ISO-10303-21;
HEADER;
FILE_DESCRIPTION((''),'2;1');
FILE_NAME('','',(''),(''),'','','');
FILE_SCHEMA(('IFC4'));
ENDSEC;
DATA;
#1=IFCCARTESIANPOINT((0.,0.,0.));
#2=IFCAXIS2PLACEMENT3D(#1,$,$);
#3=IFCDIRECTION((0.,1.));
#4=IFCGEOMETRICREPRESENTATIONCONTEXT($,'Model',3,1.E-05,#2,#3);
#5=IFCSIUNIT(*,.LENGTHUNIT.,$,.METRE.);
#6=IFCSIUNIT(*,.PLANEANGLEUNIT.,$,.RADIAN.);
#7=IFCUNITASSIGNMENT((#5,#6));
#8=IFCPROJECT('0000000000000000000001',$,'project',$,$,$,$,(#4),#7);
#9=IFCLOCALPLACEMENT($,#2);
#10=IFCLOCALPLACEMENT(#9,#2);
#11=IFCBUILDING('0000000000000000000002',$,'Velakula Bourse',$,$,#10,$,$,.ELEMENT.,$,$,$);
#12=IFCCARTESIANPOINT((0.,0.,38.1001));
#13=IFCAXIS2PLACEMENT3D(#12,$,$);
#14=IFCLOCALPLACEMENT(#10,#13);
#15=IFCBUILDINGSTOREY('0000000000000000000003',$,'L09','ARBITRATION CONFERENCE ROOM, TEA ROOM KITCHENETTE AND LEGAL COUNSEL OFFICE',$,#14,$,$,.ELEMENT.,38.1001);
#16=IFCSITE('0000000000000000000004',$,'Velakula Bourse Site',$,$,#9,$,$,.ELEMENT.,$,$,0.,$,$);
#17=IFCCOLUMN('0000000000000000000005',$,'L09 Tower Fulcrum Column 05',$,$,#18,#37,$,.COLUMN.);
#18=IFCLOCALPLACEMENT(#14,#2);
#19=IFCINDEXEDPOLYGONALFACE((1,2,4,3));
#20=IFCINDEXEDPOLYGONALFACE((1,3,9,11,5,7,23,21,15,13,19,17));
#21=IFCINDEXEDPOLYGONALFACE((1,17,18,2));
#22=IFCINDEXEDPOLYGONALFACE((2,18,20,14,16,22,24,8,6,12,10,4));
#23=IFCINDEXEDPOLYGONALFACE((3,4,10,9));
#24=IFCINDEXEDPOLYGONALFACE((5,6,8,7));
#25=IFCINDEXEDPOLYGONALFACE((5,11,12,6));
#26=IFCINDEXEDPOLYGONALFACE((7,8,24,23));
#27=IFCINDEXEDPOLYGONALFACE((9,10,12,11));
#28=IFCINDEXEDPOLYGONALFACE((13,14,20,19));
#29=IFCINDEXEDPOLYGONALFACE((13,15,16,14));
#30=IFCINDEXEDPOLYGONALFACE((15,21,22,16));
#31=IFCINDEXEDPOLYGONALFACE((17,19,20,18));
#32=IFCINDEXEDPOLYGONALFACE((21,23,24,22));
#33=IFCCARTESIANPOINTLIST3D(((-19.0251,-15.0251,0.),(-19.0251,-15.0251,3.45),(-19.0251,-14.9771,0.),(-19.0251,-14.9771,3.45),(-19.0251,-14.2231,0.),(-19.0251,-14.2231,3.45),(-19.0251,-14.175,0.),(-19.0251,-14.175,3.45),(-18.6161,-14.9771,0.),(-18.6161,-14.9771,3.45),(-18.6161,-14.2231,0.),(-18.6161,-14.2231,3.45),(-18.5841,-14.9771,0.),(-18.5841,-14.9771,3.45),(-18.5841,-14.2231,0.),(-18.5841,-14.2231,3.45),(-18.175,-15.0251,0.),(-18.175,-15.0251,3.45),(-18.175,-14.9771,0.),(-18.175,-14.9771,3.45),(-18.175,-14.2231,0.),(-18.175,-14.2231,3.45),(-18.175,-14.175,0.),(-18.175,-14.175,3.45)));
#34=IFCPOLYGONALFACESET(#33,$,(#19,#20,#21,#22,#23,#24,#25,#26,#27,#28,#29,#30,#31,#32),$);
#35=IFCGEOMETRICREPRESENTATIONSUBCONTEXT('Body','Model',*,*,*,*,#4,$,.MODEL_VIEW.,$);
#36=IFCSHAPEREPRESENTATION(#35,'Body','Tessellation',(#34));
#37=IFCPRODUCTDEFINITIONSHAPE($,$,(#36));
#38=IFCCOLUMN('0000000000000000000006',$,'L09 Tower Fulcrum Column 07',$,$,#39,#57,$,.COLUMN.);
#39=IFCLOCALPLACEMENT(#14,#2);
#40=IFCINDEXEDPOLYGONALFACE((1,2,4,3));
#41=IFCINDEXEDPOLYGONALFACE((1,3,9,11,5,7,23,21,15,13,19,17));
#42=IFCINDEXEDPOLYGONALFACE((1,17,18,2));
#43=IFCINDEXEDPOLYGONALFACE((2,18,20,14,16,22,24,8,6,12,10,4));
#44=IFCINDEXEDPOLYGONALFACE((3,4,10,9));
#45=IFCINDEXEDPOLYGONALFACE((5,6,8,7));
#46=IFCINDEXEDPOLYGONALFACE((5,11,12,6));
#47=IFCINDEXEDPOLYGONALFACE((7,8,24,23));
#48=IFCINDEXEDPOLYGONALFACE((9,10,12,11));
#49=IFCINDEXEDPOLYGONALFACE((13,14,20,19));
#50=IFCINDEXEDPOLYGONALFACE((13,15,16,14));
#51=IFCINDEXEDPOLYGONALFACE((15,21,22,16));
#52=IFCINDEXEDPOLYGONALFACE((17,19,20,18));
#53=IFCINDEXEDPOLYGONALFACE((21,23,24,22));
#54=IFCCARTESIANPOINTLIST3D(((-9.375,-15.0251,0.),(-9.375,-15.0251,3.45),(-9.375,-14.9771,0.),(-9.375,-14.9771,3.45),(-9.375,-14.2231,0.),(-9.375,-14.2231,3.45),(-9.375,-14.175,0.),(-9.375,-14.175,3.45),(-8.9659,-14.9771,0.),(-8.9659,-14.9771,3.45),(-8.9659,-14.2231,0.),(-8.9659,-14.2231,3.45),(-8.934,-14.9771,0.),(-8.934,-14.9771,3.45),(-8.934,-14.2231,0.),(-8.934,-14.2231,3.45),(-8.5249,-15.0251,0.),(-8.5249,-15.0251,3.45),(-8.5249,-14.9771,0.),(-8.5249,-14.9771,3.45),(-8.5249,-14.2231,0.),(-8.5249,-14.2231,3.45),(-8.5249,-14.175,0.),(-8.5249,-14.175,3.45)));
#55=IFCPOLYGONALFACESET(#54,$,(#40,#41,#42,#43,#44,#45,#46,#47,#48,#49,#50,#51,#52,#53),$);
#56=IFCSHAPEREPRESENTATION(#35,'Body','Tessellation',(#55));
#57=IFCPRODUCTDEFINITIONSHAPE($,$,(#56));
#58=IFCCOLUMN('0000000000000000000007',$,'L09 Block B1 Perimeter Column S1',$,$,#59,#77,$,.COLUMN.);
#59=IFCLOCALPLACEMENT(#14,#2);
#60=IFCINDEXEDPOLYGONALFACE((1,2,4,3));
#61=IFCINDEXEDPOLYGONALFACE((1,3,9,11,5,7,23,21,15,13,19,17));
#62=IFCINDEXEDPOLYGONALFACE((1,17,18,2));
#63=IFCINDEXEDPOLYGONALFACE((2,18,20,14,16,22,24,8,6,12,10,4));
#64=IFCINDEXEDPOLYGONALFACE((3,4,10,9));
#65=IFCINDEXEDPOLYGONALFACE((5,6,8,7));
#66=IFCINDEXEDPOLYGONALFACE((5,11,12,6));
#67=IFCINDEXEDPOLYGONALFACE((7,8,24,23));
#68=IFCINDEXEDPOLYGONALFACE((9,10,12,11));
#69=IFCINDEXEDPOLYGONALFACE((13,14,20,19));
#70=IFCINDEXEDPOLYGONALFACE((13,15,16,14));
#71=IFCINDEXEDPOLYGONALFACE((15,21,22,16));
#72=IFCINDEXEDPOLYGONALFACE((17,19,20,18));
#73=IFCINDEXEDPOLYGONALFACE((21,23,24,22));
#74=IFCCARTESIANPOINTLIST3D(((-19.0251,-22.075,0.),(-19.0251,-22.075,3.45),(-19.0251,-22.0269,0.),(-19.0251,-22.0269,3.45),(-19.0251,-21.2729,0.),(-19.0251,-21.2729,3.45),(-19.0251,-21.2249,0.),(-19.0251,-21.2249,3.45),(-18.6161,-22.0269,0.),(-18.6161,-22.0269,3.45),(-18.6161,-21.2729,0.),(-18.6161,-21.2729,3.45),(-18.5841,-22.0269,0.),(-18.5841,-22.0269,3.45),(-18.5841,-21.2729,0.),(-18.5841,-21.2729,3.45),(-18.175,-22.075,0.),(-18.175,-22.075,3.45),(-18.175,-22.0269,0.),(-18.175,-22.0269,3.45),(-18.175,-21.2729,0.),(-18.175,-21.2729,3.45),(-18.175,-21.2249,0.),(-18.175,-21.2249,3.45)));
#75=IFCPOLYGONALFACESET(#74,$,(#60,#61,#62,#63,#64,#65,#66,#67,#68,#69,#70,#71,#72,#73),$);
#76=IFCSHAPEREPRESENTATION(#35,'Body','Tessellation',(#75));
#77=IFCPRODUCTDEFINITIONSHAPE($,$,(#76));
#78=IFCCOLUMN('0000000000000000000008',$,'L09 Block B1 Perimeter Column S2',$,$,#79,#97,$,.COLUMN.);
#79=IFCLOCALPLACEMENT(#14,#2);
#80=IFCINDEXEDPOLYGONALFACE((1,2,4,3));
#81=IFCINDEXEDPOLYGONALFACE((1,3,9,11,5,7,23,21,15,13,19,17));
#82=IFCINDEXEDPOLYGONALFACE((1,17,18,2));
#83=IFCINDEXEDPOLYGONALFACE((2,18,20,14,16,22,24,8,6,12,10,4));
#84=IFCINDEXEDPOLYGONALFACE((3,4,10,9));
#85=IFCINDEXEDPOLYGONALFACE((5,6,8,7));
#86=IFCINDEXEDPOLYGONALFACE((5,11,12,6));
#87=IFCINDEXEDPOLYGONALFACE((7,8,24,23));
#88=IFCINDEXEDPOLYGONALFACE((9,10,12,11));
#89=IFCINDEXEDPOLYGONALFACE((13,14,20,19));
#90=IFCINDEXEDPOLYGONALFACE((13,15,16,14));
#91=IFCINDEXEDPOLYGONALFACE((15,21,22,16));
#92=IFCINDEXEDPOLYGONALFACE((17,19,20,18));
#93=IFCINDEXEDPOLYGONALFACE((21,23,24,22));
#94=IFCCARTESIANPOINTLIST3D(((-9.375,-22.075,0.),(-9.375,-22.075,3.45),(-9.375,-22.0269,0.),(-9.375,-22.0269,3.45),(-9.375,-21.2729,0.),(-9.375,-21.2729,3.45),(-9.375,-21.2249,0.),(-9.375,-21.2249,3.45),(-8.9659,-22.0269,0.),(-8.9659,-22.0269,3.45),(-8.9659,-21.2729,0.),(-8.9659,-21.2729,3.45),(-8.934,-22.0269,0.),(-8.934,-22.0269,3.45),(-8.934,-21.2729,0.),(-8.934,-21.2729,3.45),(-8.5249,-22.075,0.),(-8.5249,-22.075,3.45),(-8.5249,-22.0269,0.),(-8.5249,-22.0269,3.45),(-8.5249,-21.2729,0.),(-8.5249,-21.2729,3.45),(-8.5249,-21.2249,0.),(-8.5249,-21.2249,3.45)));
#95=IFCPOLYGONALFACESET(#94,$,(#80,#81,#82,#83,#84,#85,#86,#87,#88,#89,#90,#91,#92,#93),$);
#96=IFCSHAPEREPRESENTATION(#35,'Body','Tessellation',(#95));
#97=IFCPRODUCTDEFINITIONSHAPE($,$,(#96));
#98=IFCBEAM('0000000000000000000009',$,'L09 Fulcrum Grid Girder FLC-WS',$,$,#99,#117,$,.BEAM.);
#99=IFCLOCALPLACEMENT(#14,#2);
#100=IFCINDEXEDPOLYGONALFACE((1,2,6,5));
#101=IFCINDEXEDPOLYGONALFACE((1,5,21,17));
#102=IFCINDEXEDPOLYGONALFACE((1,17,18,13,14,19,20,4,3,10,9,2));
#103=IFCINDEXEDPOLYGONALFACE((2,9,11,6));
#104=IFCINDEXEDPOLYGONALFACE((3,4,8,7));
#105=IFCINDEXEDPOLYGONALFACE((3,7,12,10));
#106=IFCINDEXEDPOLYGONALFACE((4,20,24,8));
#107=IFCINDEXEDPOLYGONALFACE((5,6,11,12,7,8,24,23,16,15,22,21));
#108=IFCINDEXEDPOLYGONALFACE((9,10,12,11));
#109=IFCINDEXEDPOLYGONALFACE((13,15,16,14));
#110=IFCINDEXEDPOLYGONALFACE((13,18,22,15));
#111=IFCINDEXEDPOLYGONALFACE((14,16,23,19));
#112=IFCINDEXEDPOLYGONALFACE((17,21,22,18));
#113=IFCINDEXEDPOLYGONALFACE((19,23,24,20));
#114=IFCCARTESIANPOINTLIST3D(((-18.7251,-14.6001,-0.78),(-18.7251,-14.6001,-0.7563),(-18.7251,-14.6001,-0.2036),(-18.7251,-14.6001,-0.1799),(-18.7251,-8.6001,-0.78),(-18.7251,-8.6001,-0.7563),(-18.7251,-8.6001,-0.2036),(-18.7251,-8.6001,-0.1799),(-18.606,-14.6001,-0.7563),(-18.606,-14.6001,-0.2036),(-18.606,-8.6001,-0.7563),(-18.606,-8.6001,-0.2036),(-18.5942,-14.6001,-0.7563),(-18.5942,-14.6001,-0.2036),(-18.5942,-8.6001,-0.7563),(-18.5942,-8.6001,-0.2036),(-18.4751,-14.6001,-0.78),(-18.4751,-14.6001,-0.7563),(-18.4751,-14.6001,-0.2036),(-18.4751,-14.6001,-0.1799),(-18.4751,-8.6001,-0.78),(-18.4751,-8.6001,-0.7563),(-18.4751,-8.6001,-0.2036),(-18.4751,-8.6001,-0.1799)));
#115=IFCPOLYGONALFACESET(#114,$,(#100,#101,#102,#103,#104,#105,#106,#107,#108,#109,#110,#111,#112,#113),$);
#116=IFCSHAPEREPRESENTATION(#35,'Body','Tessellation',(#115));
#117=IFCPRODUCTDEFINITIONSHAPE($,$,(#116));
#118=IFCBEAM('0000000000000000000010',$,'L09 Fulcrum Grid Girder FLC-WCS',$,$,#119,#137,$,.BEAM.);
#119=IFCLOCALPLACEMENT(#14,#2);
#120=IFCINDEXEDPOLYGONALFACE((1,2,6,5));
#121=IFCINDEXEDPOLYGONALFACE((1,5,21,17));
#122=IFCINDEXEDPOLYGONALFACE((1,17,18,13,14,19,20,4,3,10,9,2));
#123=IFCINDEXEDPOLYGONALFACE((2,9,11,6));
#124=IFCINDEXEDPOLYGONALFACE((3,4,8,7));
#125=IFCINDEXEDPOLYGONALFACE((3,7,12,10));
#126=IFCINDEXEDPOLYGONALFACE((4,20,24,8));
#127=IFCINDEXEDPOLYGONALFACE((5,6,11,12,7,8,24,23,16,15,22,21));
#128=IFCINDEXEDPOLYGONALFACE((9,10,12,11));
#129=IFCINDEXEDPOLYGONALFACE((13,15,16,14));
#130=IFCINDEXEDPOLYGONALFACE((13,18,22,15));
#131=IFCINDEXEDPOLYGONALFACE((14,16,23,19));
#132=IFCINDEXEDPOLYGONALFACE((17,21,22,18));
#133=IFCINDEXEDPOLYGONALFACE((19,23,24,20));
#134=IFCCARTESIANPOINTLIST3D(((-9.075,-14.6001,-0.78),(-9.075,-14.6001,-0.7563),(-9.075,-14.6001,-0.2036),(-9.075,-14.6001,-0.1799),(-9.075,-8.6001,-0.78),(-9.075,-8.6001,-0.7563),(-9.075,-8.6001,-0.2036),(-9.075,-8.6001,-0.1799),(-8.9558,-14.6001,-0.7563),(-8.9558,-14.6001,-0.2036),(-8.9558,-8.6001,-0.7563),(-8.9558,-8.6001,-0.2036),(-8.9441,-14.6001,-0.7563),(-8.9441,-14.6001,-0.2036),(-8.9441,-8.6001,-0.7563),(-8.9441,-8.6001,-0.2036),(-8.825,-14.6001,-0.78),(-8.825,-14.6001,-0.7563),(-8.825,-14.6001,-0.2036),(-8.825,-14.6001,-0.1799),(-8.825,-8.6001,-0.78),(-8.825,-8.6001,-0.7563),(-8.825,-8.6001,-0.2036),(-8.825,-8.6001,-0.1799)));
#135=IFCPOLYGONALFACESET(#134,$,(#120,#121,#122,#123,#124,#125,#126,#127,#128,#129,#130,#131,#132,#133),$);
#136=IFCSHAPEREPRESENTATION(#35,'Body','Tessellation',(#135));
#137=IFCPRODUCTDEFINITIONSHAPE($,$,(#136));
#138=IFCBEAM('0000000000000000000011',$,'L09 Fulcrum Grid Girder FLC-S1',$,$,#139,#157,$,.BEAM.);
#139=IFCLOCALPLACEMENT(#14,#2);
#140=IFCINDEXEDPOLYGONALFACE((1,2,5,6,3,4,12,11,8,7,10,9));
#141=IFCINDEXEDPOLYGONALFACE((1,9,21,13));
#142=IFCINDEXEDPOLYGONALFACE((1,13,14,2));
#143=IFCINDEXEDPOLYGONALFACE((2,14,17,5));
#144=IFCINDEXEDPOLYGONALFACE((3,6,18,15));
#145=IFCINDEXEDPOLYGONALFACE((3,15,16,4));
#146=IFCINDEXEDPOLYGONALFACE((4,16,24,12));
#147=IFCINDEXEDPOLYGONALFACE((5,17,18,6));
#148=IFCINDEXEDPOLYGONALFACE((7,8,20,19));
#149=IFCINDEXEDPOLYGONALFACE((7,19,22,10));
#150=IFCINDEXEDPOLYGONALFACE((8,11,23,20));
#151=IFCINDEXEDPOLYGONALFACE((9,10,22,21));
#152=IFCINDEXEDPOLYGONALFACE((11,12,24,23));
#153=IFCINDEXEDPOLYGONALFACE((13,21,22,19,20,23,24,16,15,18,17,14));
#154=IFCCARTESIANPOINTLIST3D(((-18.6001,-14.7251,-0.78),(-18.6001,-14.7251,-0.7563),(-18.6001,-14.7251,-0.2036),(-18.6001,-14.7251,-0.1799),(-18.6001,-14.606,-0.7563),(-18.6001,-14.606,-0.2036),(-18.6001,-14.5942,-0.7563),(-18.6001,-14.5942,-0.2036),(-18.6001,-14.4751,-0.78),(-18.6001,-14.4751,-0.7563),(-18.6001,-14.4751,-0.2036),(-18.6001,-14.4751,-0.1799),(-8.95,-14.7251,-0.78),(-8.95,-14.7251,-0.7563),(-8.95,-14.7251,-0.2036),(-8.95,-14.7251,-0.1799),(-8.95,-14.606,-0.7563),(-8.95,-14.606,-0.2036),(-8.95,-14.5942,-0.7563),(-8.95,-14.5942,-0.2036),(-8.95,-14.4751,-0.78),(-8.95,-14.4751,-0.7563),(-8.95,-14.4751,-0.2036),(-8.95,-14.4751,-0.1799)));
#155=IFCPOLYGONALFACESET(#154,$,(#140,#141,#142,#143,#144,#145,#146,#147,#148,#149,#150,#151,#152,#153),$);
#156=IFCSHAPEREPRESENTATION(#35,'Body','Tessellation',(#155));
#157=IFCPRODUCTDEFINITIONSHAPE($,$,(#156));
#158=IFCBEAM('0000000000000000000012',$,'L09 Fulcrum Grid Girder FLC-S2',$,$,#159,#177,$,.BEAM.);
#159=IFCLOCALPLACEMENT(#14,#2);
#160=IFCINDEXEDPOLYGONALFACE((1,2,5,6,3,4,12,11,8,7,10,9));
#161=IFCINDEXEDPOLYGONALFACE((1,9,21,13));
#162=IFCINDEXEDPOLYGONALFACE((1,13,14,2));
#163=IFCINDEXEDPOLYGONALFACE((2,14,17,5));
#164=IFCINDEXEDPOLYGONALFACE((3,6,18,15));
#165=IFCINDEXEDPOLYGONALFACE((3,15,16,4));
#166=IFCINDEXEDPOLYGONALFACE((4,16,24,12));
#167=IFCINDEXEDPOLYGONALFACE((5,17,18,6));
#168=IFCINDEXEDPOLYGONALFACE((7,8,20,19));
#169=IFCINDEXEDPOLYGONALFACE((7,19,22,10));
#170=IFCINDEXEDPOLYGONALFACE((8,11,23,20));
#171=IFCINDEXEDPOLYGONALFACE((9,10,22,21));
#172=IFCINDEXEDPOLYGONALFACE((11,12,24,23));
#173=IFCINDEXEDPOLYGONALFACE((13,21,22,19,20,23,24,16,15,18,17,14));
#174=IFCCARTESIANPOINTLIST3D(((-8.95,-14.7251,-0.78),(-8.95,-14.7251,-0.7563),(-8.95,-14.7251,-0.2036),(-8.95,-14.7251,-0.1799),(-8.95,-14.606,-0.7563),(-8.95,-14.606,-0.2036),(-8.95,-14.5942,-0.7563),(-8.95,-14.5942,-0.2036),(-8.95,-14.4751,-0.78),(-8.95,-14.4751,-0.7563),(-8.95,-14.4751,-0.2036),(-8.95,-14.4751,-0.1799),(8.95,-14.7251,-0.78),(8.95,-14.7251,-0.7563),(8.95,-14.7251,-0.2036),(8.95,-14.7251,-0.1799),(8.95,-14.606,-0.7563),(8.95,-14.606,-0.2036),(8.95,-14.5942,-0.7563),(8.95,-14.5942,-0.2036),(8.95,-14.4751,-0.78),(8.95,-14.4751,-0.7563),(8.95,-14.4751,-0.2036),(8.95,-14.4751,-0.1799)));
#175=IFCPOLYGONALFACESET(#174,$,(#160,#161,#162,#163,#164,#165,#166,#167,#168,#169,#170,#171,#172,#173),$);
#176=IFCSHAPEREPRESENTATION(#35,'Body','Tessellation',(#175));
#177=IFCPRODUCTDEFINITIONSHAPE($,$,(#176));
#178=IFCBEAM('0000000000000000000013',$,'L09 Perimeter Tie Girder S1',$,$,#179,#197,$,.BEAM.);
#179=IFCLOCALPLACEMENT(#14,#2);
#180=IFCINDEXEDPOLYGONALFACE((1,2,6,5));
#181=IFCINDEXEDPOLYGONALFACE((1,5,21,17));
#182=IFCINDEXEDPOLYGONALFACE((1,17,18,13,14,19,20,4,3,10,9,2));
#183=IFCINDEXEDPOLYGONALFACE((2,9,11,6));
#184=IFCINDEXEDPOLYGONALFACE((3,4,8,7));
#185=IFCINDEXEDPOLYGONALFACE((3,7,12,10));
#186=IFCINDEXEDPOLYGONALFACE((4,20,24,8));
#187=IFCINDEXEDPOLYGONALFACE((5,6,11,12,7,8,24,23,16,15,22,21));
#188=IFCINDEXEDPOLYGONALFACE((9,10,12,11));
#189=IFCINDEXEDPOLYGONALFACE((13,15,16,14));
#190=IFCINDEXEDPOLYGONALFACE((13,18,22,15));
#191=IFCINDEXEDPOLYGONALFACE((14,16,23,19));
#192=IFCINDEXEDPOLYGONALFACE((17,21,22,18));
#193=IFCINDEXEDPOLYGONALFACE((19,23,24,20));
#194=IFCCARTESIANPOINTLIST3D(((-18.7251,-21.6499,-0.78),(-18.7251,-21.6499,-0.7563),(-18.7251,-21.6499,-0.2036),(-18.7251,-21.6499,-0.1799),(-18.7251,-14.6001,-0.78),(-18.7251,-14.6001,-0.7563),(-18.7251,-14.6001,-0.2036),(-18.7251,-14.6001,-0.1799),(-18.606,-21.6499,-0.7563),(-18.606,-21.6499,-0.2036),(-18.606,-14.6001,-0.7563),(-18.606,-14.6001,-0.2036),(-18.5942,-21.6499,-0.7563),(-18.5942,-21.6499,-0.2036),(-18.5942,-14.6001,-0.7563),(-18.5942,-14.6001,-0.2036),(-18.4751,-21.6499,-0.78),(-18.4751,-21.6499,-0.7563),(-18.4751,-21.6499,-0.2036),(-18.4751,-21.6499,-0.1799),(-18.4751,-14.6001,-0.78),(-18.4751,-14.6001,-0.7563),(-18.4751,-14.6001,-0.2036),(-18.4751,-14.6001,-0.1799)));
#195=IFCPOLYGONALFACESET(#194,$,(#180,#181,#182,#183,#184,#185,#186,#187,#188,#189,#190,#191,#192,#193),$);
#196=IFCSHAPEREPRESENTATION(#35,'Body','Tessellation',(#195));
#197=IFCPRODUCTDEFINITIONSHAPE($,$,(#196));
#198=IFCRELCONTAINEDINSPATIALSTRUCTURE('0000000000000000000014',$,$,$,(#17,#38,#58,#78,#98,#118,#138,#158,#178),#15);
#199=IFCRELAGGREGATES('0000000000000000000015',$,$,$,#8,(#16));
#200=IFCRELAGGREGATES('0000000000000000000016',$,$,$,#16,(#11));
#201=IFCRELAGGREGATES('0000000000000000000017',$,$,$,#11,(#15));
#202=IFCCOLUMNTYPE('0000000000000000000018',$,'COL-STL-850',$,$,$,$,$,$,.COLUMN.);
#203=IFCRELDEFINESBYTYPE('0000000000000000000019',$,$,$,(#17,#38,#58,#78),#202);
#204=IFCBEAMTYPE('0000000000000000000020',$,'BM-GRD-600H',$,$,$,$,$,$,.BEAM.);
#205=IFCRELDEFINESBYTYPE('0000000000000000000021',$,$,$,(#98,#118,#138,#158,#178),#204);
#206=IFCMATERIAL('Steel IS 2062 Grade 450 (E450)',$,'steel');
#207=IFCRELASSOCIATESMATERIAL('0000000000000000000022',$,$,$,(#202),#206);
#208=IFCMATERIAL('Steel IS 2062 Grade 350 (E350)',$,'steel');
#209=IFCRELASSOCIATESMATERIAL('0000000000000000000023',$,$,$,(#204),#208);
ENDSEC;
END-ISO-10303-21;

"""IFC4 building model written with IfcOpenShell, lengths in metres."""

from ifc_helpers import new_model, si_unit, direction, frame, origin, origin_2d, place, context, subcontext, project, spatial, i_section, extrude, material, material_profile, profile_set, type_object, element, save


model = new_model("IFC4")

# Units and contexts
model_context = context("Model", 3, precision=1e-05, world=origin(), true_north=direction((0.0, 1.0)))
body_context = subcontext(model_context, "Body", "Model", "MODEL_VIEW")
ifc_project = project(units=[si_unit("LENGTHUNIT", "METRE"), si_unit("PLANEANGLEUNIT", "RADIAN")], contexts=[model_context])

# Site, building, storey
site_placement = place(None, origin())
site = spatial("IfcSite", under=ifc_project, at=site_placement, Name="Velakula Bourse Site", CompositionType="ELEMENT", RefElevation=0.0)
building_placement = place(site_placement, origin())
building = spatial("IfcBuilding", under=site, at=building_placement, Name="Velakula Bourse", CompositionType="ELEMENT")
storey_placement = place(building_placement, frame((0.0, 0.0, 38.1001)))
storey = spatial("IfcBuildingStorey", under=building, at=storey_placement, Name="L09", Description="ARBITRATION CONFERENCE ROOM, TEA ROOM KITCHENETTE AND LEGAL COUNSEL OFFICE", CompositionType="ELEMENT", Elevation=38.1001)

# Columns
ifc_material_1 = material(Name="Steel IS 2062 Grade 450 (E450)", Category="steel")
ifc_material_profile_1 = material_profile(ifc_material_1, i_section(OverallWidth=0.8501, OverallDepth=0.8501, WebThickness=0.032, FlangeThickness=0.0481, at=origin_2d()), Name="Steel IS 2062 Grade 450 (E450)")
ifc_profile_set_1 = profile_set([ifc_material_profile_1], Name="Steel IS 2062 Grade 450 (E450)")
column_type = type_object("IfcColumnType", Name="COL-STL-850", PredefinedType="COLUMN", material=ifc_profile_set_1)
for number, where, z_axis, x_axis, name in (
    (1, (-18.6001, -14.6001, 0.0), (0.0, 0.0, 1.0), (1.0, 0.0, 0.0), "L09 Tower Fulcrum Column 05"),
    (2, (-8.95, -14.6001, 0.0), (0.0, 0.0, 1.0), (1.0, 0.0, 0.0), "L09 Tower Fulcrum Column 07"),
    (3, (-18.6001, -21.6499, 0.0), (0.0, 0.0, 1.0), (1.0, 0.0, 0.0), "L09 Block B1 Perimeter Column S1"),
    (4, (-8.95, -21.6499, 0.0), (0.0, 0.0, 1.0), (1.0, 0.0, 0.0), "L09 Block B1 Perimeter Column S2"),
):
    element("IfcColumn", number, at=place(storey_placement, frame(where, z_axis=z_axis, x_axis=x_axis)), inside=storey, type_object=column_type, Name=name, PredefinedType="COLUMN", context=body_context, shape_type="SweptSolid", body=[
        extrude(i_section(OverallWidth=0.8501, OverallDepth=0.8501, WebThickness=0.032, FlangeThickness=0.0481, at=origin_2d()), origin(), (0.0, 0.0, 1.0), 3.45),
    ])

# Beams
ifc_material_2 = material(Name="Steel IS 2062 Grade 350 (E350)", Category="steel")
ifc_material_profile_2 = material_profile(ifc_material_2, i_section(OverallWidth=0.25, OverallDepth=0.6001, WebThickness=0.0117, FlangeThickness=0.0237, at=origin_2d()), Name="Steel IS 2062 Grade 350 (E350)")
ifc_profile_set_2 = profile_set([ifc_material_profile_2], Name="Steel IS 2062 Grade 350 (E350)")
beam_type_1 = type_object("IfcBeamType", Name="BM-GRD-600H", PredefinedType="BEAM", material=ifc_profile_set_2)
for number, where, z_axis, x_axis, name in (
    (5, (-18.6001, -14.6001, -0.48), (0.0, 1.0, 0.0), (-1.0, 0.0, 0.0), "L09 Fulcrum Grid Girder FLC-WS"),
    (6, (-8.95, -14.6001, -0.48), (0.0, 1.0, 0.0), (-1.0, 0.0, 0.0), "L09 Fulcrum Grid Girder FLC-WCS"),
):
    element("IfcBeam", number, at=place(storey_placement, frame(where, z_axis=z_axis, x_axis=x_axis)), inside=storey, type_object=beam_type_1, Name=name, PredefinedType="BEAM", context=body_context, shape_type="SweptSolid", body=[
        extrude(i_section(OverallWidth=0.25, OverallDepth=0.6001, WebThickness=0.0117, FlangeThickness=0.0237, at=origin_2d()), origin(), (0.0, 0.0, 1.0), 6.0),
    ])
beam_1_placement = place(storey_placement, frame((-18.6001, -14.6001, -0.48), z_axis=(1.0, 0.0, 0.0), x_axis=(0.0, 1.0, 0.0)))
element("IfcBeam", 7, at=beam_1_placement, inside=storey, type_object=beam_type_1, Name="L09 Fulcrum Grid Girder FLC-S1", PredefinedType="BEAM", context=body_context, shape_type="SweptSolid", body=[
    extrude(i_section(OverallWidth=0.25, OverallDepth=0.6001, WebThickness=0.0117, FlangeThickness=0.0237, at=origin_2d()), origin(), (0.0, 0.0, 1.0), 9.6501),
])
beam_2_placement = place(storey_placement, frame((-8.95, -14.6001, -0.48), z_axis=(1.0, 0.0, 0.0), x_axis=(0.0, 1.0, 0.0)))
element("IfcBeam", 8, at=beam_2_placement, inside=storey, type_object=beam_type_1, Name="L09 Fulcrum Grid Girder FLC-S2", PredefinedType="BEAM", context=body_context, shape_type="SweptSolid", body=[
    extrude(i_section(OverallWidth=0.25, OverallDepth=0.6001, WebThickness=0.0117, FlangeThickness=0.0237, at=origin_2d()), origin(), (0.0, 0.0, 1.0), 17.8999),
])
for number, where, z_axis, x_axis, name in (
    (9, (-18.6001, -14.6001, -0.48), (0.0, -1.0, 0.0), (1.0, 0.0, 0.0), "L09 Perimeter Tie Girder S1"),
):
    element("IfcBeam", number, at=place(storey_placement, frame(where, z_axis=z_axis, x_axis=x_axis)), inside=storey, type_object=beam_type_1, Name=name, PredefinedType="BEAM", context=body_context, shape_type="SweptSolid", body=[
        extrude(i_section(OverallWidth=0.25, OverallDepth=0.6001, WebThickness=0.0117, FlangeThickness=0.0237, at=origin_2d()), origin(), (0.0, 0.0, 1.0), 7.0498),
    ])

save(model, "model.ifc")
